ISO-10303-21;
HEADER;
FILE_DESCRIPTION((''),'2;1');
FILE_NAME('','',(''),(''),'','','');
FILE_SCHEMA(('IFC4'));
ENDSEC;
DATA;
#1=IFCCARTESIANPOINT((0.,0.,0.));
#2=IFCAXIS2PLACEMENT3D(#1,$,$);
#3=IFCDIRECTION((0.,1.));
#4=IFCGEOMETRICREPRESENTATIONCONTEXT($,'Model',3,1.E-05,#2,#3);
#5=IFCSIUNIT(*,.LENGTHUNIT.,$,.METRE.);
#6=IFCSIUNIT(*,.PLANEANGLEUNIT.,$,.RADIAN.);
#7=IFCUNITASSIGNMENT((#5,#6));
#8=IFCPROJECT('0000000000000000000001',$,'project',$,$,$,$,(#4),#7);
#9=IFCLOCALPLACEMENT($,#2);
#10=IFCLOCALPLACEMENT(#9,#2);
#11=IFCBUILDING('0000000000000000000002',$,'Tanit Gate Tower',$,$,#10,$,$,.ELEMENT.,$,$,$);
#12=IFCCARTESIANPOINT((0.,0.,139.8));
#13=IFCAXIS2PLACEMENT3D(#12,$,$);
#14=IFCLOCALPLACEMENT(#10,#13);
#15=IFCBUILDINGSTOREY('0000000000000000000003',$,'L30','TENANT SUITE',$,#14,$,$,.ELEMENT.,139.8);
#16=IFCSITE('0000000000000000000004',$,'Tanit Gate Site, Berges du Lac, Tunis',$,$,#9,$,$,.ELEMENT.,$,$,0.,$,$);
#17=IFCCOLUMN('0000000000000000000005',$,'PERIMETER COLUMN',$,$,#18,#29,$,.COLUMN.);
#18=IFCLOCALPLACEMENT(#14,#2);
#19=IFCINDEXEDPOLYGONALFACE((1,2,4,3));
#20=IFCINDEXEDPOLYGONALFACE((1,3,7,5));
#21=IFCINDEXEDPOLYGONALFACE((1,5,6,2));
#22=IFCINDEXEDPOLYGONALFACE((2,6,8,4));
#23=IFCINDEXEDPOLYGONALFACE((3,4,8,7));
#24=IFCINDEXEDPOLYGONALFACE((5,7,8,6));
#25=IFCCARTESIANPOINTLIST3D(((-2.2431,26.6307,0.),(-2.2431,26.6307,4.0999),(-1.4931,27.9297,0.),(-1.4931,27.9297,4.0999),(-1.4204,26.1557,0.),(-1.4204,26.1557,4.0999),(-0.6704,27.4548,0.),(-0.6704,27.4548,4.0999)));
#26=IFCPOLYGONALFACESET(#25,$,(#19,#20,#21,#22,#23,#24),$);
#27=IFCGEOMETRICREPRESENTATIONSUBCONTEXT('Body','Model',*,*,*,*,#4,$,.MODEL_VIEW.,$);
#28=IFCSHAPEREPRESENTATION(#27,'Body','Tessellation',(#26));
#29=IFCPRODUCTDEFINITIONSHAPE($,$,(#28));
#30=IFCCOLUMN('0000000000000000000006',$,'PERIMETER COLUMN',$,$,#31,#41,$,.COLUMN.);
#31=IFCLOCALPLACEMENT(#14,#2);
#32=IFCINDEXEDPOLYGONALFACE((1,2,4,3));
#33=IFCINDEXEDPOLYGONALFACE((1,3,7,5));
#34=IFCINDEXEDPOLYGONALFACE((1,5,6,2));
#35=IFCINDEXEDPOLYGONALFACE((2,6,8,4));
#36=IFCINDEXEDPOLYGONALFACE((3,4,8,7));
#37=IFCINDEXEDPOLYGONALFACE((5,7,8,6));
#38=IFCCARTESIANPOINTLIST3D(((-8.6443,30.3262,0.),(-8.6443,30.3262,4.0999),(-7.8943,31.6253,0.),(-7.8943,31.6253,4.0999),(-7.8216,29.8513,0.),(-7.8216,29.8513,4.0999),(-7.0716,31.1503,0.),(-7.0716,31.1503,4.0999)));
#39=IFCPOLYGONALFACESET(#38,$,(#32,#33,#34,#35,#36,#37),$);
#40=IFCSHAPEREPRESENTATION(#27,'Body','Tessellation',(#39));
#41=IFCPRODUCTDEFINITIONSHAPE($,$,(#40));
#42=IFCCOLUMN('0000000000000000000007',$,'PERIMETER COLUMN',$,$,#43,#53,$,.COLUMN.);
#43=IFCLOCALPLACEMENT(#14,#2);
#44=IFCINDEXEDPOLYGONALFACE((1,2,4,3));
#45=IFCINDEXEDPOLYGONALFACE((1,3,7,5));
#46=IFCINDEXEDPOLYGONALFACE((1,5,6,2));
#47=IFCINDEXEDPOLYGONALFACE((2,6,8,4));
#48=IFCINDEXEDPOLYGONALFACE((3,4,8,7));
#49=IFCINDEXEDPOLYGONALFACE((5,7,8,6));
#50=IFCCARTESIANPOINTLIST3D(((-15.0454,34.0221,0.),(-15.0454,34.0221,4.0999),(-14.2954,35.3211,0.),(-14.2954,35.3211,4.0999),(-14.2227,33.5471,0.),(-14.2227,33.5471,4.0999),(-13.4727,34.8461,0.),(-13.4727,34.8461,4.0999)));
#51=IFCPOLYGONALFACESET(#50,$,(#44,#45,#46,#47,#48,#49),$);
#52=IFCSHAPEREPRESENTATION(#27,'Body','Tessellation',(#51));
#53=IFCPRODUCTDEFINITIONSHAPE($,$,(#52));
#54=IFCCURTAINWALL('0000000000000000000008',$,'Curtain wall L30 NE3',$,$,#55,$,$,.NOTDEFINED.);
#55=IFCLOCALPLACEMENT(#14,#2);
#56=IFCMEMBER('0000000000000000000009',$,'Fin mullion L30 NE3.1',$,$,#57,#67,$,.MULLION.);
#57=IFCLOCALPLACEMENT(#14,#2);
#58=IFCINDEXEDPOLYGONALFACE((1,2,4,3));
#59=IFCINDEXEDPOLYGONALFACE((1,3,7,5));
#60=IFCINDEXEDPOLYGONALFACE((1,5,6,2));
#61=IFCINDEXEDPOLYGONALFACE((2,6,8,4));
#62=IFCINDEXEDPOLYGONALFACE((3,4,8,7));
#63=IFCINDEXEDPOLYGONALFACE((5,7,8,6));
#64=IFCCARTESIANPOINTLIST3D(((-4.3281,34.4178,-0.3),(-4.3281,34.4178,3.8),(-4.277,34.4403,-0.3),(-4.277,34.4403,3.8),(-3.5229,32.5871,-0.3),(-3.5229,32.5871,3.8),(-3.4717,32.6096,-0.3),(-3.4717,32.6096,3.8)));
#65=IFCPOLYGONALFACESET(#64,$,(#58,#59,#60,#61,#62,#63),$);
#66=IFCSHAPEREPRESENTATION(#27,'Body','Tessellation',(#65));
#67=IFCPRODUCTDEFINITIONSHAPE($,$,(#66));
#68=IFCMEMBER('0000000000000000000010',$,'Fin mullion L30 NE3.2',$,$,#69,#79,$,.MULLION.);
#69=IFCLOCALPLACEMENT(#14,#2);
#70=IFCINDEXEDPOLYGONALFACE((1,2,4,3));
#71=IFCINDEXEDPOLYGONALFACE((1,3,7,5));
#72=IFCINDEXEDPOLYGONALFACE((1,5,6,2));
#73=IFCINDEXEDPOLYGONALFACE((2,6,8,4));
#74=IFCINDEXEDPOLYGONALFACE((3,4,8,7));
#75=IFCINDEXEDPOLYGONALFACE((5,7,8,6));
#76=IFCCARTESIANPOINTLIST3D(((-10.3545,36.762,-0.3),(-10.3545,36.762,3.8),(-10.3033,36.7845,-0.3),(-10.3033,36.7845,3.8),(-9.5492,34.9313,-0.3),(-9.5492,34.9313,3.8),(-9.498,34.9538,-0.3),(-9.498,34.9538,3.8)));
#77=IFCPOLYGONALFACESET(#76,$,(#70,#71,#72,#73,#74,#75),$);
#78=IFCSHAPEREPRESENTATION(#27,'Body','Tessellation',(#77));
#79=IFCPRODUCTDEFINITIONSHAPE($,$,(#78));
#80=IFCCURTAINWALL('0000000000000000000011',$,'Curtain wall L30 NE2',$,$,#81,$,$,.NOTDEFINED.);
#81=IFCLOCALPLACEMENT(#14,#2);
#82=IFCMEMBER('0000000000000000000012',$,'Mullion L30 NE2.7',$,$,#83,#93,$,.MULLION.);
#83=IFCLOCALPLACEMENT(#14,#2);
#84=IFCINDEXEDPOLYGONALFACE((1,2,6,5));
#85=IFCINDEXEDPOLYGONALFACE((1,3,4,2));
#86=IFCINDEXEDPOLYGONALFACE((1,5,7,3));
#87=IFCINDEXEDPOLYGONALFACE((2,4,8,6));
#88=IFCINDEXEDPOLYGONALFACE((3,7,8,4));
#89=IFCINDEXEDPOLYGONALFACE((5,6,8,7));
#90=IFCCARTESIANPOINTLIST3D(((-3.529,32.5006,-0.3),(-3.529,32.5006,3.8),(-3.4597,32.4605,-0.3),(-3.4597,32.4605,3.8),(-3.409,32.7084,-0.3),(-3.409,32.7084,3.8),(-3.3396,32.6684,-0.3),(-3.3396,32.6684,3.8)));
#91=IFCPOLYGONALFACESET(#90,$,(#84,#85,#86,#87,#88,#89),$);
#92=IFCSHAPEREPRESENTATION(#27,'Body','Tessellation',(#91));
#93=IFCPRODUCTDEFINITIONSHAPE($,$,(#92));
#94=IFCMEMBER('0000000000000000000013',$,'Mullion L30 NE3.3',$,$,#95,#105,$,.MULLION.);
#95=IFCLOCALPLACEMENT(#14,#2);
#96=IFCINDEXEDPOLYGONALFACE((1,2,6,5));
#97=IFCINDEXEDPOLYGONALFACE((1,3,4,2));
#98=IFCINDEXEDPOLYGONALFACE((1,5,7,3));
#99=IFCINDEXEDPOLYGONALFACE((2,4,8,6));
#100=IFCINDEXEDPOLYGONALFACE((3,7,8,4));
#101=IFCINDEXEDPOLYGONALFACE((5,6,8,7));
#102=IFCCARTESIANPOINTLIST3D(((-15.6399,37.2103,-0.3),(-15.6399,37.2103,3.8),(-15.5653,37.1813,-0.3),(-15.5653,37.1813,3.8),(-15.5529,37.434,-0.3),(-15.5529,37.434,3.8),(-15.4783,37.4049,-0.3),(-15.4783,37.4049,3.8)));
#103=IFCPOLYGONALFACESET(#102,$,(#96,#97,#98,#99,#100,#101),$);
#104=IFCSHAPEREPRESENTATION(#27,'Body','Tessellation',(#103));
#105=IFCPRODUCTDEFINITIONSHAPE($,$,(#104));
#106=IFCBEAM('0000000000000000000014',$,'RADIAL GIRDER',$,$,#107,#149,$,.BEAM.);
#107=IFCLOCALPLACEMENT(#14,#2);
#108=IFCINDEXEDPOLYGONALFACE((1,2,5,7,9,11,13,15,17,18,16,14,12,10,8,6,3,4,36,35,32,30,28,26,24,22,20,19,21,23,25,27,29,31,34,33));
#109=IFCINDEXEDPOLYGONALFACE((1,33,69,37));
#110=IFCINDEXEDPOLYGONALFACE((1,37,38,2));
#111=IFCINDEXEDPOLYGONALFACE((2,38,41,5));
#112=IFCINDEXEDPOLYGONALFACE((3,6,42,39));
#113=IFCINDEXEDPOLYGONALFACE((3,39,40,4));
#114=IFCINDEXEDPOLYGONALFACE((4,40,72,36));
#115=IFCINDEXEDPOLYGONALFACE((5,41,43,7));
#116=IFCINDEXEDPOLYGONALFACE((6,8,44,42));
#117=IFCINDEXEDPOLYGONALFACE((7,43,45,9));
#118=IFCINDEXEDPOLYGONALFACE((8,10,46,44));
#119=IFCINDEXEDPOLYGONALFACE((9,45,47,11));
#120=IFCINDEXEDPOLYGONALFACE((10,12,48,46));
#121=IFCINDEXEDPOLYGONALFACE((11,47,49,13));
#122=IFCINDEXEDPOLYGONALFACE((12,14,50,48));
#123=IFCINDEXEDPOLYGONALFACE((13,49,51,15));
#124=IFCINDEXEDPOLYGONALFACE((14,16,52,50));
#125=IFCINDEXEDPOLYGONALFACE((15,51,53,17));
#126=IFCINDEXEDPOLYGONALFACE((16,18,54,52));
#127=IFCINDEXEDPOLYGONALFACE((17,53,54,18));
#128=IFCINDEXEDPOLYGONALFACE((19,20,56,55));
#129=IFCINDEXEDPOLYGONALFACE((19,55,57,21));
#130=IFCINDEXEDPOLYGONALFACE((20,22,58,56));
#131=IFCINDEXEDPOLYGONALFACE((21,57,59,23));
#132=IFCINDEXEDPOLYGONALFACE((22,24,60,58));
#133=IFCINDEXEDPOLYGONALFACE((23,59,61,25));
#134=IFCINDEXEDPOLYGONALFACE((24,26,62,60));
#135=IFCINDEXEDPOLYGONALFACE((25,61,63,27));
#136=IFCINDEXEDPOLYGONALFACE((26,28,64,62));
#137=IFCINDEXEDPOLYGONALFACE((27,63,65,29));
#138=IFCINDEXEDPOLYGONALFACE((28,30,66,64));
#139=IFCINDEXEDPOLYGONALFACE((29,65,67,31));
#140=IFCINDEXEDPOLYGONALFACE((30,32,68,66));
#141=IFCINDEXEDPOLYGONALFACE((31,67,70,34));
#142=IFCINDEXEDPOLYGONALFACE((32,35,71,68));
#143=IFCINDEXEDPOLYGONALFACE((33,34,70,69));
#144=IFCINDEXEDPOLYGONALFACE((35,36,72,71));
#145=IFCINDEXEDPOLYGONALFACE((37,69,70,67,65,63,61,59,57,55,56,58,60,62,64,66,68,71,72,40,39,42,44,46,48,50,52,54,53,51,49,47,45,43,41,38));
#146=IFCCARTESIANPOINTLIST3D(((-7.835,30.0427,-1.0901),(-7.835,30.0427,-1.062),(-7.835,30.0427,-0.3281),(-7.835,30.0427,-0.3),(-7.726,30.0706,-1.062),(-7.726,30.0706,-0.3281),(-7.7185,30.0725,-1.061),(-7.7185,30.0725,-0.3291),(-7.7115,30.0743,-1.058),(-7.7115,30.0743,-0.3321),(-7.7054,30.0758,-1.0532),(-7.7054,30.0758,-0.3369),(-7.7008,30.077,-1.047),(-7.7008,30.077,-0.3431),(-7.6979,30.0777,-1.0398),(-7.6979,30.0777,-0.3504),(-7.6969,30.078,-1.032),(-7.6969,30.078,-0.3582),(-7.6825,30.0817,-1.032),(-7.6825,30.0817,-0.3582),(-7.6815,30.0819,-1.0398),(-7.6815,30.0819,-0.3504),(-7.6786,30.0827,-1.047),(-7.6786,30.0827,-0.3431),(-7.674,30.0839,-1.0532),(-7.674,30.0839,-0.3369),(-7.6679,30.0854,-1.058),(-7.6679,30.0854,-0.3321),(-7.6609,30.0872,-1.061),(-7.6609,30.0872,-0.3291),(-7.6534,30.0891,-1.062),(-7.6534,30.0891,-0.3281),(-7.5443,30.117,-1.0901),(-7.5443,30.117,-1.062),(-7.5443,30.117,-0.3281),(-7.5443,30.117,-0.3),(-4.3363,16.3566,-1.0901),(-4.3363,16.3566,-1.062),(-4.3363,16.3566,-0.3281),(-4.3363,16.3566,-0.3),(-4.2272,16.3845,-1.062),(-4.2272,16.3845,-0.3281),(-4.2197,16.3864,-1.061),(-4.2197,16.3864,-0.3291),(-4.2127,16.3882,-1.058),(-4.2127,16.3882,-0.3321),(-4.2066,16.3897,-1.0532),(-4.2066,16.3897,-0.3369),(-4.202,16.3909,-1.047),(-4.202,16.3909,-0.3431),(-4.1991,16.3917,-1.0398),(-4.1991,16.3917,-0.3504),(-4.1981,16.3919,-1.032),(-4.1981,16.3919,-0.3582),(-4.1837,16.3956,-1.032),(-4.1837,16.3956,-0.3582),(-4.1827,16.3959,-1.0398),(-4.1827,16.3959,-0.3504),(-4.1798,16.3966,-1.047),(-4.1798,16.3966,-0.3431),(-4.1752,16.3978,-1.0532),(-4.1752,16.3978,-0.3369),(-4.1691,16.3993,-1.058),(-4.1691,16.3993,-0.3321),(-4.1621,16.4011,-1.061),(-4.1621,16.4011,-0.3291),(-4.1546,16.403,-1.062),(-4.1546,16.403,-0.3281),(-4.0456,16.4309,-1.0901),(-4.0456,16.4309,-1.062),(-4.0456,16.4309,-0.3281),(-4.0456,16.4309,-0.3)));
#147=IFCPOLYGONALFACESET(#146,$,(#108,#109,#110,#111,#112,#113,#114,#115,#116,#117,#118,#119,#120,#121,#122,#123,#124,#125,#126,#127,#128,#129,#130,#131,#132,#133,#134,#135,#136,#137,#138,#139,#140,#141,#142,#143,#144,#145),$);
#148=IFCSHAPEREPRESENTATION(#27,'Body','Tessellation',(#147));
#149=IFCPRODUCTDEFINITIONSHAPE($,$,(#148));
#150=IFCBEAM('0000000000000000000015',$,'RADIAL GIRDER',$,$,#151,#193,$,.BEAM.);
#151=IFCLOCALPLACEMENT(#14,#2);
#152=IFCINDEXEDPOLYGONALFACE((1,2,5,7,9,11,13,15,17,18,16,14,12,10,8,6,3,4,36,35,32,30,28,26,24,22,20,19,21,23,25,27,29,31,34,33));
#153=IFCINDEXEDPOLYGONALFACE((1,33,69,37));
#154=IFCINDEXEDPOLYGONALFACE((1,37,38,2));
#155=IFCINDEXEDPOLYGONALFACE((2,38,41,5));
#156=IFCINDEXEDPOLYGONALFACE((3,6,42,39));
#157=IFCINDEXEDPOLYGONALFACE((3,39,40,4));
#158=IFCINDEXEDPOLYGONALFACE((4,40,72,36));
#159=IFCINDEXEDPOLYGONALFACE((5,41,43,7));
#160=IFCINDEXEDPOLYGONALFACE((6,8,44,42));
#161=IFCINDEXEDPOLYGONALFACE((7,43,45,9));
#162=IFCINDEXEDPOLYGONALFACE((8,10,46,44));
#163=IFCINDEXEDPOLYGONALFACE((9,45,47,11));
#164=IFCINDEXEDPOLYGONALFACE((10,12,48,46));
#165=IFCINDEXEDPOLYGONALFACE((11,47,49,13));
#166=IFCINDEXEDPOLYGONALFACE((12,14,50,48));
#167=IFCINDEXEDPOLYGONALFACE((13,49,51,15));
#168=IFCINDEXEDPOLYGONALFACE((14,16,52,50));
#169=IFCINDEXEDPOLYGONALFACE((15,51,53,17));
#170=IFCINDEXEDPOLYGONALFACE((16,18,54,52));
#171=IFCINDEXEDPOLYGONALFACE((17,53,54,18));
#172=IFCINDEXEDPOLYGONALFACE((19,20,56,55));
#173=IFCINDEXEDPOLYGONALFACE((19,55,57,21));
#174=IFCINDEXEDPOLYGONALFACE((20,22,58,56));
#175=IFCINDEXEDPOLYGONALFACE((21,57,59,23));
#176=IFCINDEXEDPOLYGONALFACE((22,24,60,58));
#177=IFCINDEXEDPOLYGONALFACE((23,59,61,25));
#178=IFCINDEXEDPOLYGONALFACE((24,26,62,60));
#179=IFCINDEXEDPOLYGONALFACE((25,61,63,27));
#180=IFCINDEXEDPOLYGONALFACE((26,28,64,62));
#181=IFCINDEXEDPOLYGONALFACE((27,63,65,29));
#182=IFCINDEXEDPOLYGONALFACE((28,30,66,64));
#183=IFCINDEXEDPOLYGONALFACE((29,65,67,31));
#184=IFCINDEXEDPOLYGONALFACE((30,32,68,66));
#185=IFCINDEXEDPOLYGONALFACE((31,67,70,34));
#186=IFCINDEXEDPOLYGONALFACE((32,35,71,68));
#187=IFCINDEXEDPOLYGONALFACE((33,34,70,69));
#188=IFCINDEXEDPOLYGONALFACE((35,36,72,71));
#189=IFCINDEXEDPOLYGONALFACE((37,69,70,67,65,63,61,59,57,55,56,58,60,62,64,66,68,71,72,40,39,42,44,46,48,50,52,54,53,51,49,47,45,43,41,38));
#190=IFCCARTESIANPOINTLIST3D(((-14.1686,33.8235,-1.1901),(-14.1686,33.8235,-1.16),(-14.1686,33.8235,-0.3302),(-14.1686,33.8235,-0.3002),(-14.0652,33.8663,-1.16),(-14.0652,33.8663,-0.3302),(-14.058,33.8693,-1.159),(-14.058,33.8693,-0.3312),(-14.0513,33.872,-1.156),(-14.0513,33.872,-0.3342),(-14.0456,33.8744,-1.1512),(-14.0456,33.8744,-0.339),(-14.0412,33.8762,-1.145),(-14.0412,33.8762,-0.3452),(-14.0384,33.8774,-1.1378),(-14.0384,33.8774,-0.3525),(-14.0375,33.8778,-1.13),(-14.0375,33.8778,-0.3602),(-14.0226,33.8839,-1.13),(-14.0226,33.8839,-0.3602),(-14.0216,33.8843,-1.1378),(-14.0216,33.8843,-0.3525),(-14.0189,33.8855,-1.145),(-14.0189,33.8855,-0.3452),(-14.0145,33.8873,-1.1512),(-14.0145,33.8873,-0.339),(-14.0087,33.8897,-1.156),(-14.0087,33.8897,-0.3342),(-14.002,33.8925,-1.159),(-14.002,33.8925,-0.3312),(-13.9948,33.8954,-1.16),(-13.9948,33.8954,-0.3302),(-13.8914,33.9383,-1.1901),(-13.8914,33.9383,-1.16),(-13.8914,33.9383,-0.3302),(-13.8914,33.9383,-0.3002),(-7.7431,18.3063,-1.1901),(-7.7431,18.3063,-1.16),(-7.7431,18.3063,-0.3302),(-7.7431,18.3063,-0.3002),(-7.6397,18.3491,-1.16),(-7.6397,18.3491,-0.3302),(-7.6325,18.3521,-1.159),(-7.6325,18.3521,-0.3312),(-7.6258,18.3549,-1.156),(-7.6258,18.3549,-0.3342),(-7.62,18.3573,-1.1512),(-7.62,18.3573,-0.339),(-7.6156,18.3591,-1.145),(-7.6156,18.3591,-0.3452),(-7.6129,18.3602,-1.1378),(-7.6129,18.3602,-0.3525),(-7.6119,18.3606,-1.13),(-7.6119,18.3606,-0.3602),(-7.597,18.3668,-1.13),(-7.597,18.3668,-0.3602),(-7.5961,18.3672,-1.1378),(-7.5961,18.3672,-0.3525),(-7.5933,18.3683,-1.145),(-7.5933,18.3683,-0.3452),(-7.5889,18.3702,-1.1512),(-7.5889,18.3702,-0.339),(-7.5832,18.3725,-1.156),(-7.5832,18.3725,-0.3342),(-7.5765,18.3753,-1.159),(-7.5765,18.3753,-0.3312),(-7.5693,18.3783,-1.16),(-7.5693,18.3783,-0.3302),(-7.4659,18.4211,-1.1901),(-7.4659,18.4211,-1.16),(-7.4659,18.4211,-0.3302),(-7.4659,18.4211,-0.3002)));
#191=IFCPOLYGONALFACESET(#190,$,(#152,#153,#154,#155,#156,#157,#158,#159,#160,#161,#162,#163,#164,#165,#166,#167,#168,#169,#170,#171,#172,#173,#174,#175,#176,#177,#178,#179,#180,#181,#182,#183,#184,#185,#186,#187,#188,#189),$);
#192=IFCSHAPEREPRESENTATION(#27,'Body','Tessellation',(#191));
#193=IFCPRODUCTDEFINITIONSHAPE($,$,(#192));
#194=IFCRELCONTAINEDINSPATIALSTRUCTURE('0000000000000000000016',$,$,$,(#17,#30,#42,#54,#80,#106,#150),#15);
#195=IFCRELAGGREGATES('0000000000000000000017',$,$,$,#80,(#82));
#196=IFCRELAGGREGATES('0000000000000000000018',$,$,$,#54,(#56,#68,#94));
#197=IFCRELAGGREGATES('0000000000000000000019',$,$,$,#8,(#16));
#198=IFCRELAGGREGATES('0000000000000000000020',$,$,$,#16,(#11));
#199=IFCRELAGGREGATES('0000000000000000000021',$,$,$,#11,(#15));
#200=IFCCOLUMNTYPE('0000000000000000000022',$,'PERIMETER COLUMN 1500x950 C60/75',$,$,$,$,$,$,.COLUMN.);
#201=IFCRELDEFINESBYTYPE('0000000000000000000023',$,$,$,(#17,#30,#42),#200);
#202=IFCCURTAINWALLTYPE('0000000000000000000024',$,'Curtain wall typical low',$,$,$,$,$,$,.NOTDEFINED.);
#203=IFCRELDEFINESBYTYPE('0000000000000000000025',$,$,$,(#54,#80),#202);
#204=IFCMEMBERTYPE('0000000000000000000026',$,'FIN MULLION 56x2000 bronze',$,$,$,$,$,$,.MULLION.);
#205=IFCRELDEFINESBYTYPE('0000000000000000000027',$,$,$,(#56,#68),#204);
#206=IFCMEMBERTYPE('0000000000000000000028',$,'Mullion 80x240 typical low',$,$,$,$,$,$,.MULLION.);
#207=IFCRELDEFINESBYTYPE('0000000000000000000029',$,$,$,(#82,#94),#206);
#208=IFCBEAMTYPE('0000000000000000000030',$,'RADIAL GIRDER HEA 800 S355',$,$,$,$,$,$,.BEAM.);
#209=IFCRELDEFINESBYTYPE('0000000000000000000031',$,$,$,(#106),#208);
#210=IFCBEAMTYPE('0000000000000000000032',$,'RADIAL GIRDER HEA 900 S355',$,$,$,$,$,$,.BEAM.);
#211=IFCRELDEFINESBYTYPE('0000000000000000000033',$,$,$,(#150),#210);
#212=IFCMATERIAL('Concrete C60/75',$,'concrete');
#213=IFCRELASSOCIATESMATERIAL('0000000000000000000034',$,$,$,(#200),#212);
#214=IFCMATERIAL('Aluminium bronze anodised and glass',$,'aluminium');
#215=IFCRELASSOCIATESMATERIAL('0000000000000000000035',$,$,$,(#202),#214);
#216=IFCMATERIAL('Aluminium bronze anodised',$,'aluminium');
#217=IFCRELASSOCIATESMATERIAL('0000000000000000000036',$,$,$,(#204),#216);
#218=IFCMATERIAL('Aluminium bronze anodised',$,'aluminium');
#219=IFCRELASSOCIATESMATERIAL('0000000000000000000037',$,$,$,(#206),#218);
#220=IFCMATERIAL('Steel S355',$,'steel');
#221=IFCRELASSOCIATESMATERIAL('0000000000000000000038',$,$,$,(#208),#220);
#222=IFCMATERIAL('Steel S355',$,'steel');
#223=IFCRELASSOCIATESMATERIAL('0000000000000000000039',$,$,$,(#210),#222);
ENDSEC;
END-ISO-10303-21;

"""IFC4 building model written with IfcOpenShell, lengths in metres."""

from ifc_helpers import new_model, si_unit, direction, frame, origin, origin_2d, place, context, subcontext, project, spatial, rectangle, i_section, extrude, material, material_profile, profile_set, type_object, element, aggregate, save


model = new_model("IFC4")

# Units and contexts
model_context = context("Model", 3, precision=1e-05, world=origin(), true_north=direction((0.0, 1.0)))
body_context = subcontext(model_context, "Body", "Model", "MODEL_VIEW")
ifc_project = project(units=[si_unit("LENGTHUNIT", "METRE"), si_unit("PLANEANGLEUNIT", "RADIAN")], contexts=[model_context])

# Site, building, storey
site_placement = place(None, origin())
site = spatial("IfcSite", under=ifc_project, at=site_placement, Name="Tanit Gate Site, Berges du Lac, Tunis", CompositionType="ELEMENT", RefElevation=0.0)
building_placement = place(site_placement, origin())
building = spatial("IfcBuilding", under=site, at=building_placement, Name="Tanit Gate Tower", CompositionType="ELEMENT")
storey_placement = place(building_placement, frame((0.0, 0.0, 139.8)))
storey = spatial("IfcBuildingStorey", under=building, at=storey_placement, Name="L30", Description="TENANT SUITE", CompositionType="ELEMENT", Elevation=139.8)

# Columns
ifc_material_1 = material(Name="Concrete C60/75", Category="concrete")
ifc_material_profile_1 = material_profile(ifc_material_1, rectangle(XDim=1.5, YDim=0.95, at=origin_2d()), Name="RC 1500x950")
ifc_profile_set_1 = profile_set([ifc_material_profile_1], Name="Concrete C60/75")
column_type = type_object("IfcColumnType", Name="PERIMETER COLUMN 1500x950 C60/75", PredefinedType="COLUMN", material=ifc_profile_set_1)
for number, where, z_axis, x_axis, name in (
    (1, (-1.4568, 27.0427, 0.0), (0.0, 0.0, 1.0), (0.5, 0.866025, 0.0), "PERIMETER COLUMN"),
    (2, (-7.8579, 30.7383, 0.0), (0.0, 0.0, 1.0), (0.5, 0.866025, 0.0), "PERIMETER COLUMN"),
    (3, (-14.259, 34.4341, 0.0), (0.0, 0.0, 1.0), (0.5, 0.866025, 0.0), "PERIMETER COLUMN"),
):
    element("IfcColumn", number, at=place(storey_placement, frame(where, z_axis=z_axis, x_axis=x_axis)), inside=storey, type_object=column_type, Name=name, PredefinedType="COLUMN", context=body_context, shape_type="SweptSolid", body=[
        extrude(rectangle(XDim=1.5, YDim=0.95, at=origin_2d()), origin(), (0.0, 0.0, 1.0), 4.0999),
    ])

# Curtain wall, members
ifc_material_2 = material(Name="Aluminium bronze anodised and glass", Category="aluminium")
curtain_wall_type = type_object("IfcCurtainWallType", Name="Curtain wall typical low", PredefinedType="NOTDEFINED", material=ifc_material_2)
curtain_wall_1_placement = place(storey_placement, origin())
curtain_wall_1 = element("IfcCurtainWall", 4, at=curtain_wall_1_placement, inside=storey, type_object=curtain_wall_type, Name="Curtain wall L30 NE3", PredefinedType="NOTDEFINED")
ifc_material_3 = material(Name="Aluminium bronze anodised", Category="aluminium")
ifc_material_profile_2 = material_profile(ifc_material_3, rectangle(XDim=2.0, YDim=0.0559, at=origin_2d()), Name="56x2000 bronze fin mullion")
ifc_profile_set_2 = profile_set([ifc_material_profile_2], Name="Aluminium bronze anodised")
member_type_1 = type_object("IfcMemberType", Name="FIN MULLION 56x2000 bronze", PredefinedType="MULLION", material=ifc_profile_set_2)
member_1_placement = place(storey_placement, frame((-3.8999, 33.5137, -0.3), z_axis=(0.0, 0.0, 1.0), x_axis=(0.40264, -0.915359, 0.0)))
member_1 = element("IfcMember", 5, at=member_1_placement, type_object=member_type_1, Name="Fin mullion L30 NE3.1", PredefinedType="MULLION", context=body_context, shape_type="SweptSolid", body=[
    extrude(rectangle(XDim=2.0, YDim=0.0559, at=origin_2d()), origin(), (0.0, 0.0, 1.0), 4.1001),
])
member_2_placement = place(storey_placement, frame((-9.9263, 35.8579, -0.3), z_axis=(0.0, 0.0, 1.0), x_axis=(0.40264, -0.915359, 0.0)))
member_2 = element("IfcMember", 6, at=member_2_placement, type_object=member_type_1, Name="Fin mullion L30 NE3.2", PredefinedType="MULLION", context=body_context, shape_type="SweptSolid", body=[
    extrude(rectangle(XDim=2.0, YDim=0.0559, at=origin_2d()), origin(), (0.0, 0.0, 1.0), 4.1001),
])

# Curtain wall, member
curtain_wall_2_placement = place(storey_placement, origin())
curtain_wall_2 = element("IfcCurtainWall", 7, at=curtain_wall_2_placement, inside=storey, type_object=curtain_wall_type, Name="Curtain wall L30 NE2", PredefinedType="NOTDEFINED")
ifc_material_4 = material(Name="Aluminium bronze anodised", Category="aluminium")
ifc_material_profile_3 = material_profile(ifc_material_4, rectangle(XDim=0.24, YDim=0.0801, at=origin_2d()), Name="80x240 bronze mullion")
ifc_profile_set_3 = profile_set([ifc_material_profile_3], Name="Aluminium bronze anodised")
member_type_2 = type_object("IfcMemberType", Name="Mullion 80x240 typical low", PredefinedType="MULLION", material=ifc_profile_set_3)
member_3_placement = place(storey_placement, frame((-3.4343, 32.5845, -0.3), z_axis=(0.0, 0.0, 1.0), x_axis=(-0.50006, -0.865991, 0.0)))
member_3 = element("IfcMember", 8, at=member_3_placement, type_object=member_type_2, Name="Mullion L30 NE2.7", PredefinedType="MULLION", context=body_context, shape_type="SweptSolid", body=[
    extrude(rectangle(XDim=0.24, YDim=0.0801, at=origin_2d()), origin(), (0.0, 0.0, 1.0), 4.1001),
])
aggregate(curtain_wall_2, [member_3])

# Member
member_4_placement = place(storey_placement, frame((-15.5591, 37.3076, -0.3), z_axis=(0.0, 0.0, 1.0), x_axis=(-0.362547, -0.931965, 0.0)))
member_4 = element("IfcMember", 9, at=member_4_placement, type_object=member_type_2, Name="Mullion L30 NE3.3", PredefinedType="MULLION", context=body_context, shape_type="SweptSolid", body=[
    extrude(rectangle(XDim=0.24, YDim=0.0801, at=origin_2d()), origin(), (0.0, 0.0, 1.0), 4.1001),
])

# Beams
ifc_material_5 = material(Name="Steel S355", Category="steel")
ifc_material_profile_4 = material_profile(ifc_material_5, i_section(OverallWidth=0.3, OverallDepth=0.79, WebThickness=0.0149, FlangeThickness=0.0281, FilletRadius=0.03, at=origin_2d()), Name="HEA 800")
ifc_profile_set_4 = profile_set([ifc_material_profile_4], Name="Steel S355")
beam_type_1 = type_object("IfcBeamType", Name="RADIAL GIRDER HEA 800 S355", PredefinedType="BEAM", material=ifc_profile_set_4)
beam_1_placement = place(storey_placement, frame((-7.6897, 30.0798, -0.6951), z_axis=(0.24768, -0.968842, 0.0), x_axis=(0.968842, 0.24768, 0.0)))
element("IfcBeam", 10, at=beam_1_placement, inside=storey, type_object=beam_type_1, Name="RADIAL GIRDER", PredefinedType="BEAM", context=body_context, shape_type="SweptSolid", body=[
    extrude(i_section(OverallWidth=0.3, OverallDepth=0.79, WebThickness=0.0149, FlangeThickness=0.0281, FilletRadius=0.03, at=origin_2d()), origin(), (0.0, 0.0, 1.0), 14.1262),
])
ifc_material_6 = material(Name="Steel S355", Category="steel")
ifc_material_profile_5 = material_profile(ifc_material_6, i_section(OverallWidth=0.3, OverallDepth=0.8899, WebThickness=0.0161, FlangeThickness=0.03, FilletRadius=0.03, at=origin_2d()), Name="HEA 900")
ifc_profile_set_5 = profile_set([ifc_material_profile_5], Name="Steel S355")
beam_type_2 = type_object("IfcBeamType", Name="RADIAL GIRDER HEA 900 S355", PredefinedType="BEAM", material=ifc_profile_set_5)
beam_2_placement = place(storey_placement, frame((-14.03, 33.8809, -0.7451), z_axis=(0.382589, -0.923919, 0.0), x_axis=(0.923919, 0.382589, 0.0)))
element("IfcBeam", 11, at=beam_2_placement, inside=storey, type_object=beam_type_2, Name="RADIAL GIRDER", PredefinedType="BEAM", context=body_context, shape_type="SweptSolid", body=[
    extrude(i_section(OverallWidth=0.3, OverallDepth=0.8899, WebThickness=0.0161, FlangeThickness=0.03, FilletRadius=0.03, at=origin_2d()), origin(), (0.0, 0.0, 1.0), 16.7949),
])

aggregate(curtain_wall_1, [member_1, member_2, member_4])

save(model, "model.ifc")
